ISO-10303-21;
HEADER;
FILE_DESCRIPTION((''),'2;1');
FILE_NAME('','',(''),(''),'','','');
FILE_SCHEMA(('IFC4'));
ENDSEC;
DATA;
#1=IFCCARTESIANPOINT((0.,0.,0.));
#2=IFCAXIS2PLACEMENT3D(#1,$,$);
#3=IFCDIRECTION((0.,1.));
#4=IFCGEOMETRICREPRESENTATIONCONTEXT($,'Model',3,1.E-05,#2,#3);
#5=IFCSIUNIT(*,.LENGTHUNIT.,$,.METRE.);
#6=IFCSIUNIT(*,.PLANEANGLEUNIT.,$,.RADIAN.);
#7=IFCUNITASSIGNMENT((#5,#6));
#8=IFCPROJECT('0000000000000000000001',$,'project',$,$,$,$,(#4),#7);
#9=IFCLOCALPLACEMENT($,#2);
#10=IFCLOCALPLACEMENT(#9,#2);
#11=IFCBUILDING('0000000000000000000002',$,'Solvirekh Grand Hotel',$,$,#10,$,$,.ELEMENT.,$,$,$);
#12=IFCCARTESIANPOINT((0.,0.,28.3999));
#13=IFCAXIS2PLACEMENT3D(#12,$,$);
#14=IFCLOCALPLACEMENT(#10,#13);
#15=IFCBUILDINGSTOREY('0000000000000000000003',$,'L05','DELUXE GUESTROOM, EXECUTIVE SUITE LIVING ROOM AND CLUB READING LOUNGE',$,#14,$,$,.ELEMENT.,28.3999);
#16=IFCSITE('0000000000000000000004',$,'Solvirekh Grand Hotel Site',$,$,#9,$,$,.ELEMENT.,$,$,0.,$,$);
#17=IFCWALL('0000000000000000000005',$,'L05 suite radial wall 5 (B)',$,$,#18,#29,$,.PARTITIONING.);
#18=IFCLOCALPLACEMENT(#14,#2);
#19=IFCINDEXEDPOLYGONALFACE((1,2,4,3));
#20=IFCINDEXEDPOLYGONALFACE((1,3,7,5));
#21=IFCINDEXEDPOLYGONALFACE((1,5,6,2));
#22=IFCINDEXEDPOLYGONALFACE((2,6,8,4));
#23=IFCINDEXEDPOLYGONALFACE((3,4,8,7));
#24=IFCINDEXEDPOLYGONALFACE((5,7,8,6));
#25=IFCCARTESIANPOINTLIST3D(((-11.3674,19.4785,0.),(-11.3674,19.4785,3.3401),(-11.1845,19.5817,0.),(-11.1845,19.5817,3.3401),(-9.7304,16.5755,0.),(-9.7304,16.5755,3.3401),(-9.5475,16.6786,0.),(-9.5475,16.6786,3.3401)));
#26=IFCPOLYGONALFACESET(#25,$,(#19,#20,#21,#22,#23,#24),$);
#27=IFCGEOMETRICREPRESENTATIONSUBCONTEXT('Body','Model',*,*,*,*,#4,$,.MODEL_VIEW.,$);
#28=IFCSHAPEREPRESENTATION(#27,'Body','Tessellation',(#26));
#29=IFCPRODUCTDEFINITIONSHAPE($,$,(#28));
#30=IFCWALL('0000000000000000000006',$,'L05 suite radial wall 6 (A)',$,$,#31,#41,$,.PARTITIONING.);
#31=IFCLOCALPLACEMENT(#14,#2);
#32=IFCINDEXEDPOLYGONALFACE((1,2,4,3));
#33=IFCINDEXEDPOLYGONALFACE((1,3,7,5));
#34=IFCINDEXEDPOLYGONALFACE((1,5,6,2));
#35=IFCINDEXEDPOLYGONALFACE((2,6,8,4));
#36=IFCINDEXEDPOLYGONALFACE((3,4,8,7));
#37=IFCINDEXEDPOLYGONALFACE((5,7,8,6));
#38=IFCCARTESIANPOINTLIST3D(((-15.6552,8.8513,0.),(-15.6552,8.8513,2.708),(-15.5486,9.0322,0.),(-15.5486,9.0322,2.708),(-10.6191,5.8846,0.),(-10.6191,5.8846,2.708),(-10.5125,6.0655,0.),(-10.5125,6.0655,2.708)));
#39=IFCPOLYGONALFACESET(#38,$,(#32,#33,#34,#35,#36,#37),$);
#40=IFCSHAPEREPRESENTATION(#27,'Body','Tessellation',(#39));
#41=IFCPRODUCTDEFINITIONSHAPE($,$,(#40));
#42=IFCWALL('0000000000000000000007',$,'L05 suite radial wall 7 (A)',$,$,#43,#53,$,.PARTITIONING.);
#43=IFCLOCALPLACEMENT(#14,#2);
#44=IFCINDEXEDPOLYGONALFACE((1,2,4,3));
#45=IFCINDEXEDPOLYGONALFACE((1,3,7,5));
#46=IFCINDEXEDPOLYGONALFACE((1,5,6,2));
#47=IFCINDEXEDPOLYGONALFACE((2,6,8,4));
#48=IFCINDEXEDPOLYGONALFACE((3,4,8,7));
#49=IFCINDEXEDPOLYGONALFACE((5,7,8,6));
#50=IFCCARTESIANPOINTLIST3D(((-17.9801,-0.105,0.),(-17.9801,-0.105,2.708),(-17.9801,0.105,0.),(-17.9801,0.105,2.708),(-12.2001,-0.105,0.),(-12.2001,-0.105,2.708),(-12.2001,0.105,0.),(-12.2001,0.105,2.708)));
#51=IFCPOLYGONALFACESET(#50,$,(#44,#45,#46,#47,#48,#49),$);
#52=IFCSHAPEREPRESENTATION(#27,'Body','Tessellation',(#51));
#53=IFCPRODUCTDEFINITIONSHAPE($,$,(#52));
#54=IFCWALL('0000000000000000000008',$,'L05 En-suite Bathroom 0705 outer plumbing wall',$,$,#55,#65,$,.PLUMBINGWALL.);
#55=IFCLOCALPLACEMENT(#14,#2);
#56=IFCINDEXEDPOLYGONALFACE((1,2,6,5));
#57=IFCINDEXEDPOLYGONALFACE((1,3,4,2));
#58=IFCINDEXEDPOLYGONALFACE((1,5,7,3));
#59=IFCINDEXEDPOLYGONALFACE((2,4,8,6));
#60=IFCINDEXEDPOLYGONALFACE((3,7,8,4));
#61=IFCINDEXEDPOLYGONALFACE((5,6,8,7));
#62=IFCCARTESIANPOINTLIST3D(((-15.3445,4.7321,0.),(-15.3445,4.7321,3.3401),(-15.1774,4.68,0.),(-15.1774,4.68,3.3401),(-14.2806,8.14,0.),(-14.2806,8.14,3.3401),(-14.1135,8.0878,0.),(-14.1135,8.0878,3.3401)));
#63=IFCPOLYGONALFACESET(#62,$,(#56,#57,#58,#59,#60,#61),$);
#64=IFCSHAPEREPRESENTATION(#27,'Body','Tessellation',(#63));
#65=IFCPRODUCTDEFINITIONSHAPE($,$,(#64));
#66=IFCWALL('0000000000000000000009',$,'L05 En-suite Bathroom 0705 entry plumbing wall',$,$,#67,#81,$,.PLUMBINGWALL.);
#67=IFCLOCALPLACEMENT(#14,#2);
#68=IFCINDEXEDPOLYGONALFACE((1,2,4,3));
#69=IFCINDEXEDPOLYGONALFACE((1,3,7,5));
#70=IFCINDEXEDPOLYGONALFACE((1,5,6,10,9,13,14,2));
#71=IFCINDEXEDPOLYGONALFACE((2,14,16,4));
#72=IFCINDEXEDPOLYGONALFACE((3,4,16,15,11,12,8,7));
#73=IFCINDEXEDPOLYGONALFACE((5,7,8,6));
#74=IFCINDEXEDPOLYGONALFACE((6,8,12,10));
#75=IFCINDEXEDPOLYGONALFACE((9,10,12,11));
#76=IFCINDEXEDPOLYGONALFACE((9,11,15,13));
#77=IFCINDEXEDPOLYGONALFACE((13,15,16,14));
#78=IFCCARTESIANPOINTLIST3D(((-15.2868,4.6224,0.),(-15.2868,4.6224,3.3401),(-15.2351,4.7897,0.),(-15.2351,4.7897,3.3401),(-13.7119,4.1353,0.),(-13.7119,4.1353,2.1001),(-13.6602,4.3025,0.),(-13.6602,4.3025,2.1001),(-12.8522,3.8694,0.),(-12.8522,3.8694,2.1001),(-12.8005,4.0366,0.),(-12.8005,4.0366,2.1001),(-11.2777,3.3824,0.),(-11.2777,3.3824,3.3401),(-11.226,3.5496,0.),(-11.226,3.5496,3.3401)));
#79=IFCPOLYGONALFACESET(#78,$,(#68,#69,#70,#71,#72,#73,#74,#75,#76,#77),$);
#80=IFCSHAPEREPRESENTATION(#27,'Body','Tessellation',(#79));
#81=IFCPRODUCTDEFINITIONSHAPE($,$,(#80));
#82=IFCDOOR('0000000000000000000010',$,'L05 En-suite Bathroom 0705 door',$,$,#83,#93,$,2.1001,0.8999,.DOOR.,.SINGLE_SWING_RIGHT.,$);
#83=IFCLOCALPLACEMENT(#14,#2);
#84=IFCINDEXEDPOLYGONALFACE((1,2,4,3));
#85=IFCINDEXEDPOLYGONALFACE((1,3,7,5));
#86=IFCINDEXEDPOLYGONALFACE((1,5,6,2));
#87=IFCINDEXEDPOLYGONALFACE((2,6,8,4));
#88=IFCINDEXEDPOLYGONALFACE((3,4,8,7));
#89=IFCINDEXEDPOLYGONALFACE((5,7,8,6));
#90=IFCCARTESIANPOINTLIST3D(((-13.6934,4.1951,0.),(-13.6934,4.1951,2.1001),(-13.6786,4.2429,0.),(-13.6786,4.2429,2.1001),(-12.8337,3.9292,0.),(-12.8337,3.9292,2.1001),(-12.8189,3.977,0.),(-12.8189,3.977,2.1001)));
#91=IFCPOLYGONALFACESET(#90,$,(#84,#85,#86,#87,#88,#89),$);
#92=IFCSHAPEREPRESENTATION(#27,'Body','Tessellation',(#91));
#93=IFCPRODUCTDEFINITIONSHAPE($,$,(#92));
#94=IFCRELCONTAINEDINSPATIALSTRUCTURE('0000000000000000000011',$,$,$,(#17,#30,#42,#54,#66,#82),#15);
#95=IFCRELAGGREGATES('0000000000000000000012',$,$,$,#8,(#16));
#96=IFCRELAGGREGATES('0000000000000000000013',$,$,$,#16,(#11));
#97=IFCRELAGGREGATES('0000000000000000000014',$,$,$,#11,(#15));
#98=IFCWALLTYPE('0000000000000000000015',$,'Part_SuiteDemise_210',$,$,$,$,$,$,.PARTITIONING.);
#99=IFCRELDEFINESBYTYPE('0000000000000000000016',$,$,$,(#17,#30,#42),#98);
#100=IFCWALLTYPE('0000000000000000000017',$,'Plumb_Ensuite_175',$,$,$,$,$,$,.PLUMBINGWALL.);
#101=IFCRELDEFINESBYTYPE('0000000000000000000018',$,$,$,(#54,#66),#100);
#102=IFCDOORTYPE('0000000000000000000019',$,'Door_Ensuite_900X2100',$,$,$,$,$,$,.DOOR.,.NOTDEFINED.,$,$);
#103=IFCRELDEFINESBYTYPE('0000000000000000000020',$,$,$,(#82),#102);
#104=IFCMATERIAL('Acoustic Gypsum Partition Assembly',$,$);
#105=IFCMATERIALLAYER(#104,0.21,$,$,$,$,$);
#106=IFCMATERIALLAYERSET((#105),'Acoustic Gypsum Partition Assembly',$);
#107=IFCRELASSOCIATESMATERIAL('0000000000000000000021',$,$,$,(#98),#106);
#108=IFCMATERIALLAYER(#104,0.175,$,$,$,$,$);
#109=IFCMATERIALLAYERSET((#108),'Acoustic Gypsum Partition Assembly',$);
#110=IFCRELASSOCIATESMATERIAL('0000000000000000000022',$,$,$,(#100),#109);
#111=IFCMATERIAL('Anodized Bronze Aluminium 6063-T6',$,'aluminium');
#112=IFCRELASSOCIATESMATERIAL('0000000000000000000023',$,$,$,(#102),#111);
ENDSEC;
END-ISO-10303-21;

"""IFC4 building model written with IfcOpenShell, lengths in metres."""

from ifc_helpers import new_model, si_unit, direction, frame, frame_2d, origin, place, context, subcontext, project, spatial, rectangle, extrude, material, layer, layer_set, type_object, element, fill, save


model = new_model("IFC4")

# Units and contexts
model_context = context("Model", 3, precision=1e-05, world=origin(), true_north=direction((0.0, 1.0)))
body_context = subcontext(model_context, "Body", "Model", "MODEL_VIEW")
ifc_project = project(units=[si_unit("LENGTHUNIT", "METRE"), si_unit("PLANEANGLEUNIT", "RADIAN")], contexts=[model_context])

# Site, building, storey
site_placement = place(None, origin())
site = spatial("IfcSite", under=ifc_project, at=site_placement, Name="Solvirekh Grand Hotel Site", CompositionType="ELEMENT", RefElevation=0.0)
building_placement = place(site_placement, origin())
building = spatial("IfcBuilding", under=site, at=building_placement, Name="Solvirekh Grand Hotel", CompositionType="ELEMENT")
storey_placement = place(building_placement, frame((0.0, 0.0, 28.3999)))
storey = spatial("IfcBuildingStorey", under=building, at=storey_placement, Name="L05", Description="DELUXE GUESTROOM, EXECUTIVE SUITE LIVING ROOM AND CLUB READING LOUNGE", CompositionType="ELEMENT", Elevation=28.3999)

# Shared definitions
ifc_material_1 = material(Name="Anodized Bronze Aluminium 6063-T6", Category="aluminium")

# Shared definitions
ifc_material_2 = material(Name="Acoustic Gypsum Partition Assembly")

# Walls
ifc_layer_1 = layer(ifc_material_2, 0.21)
ifc_layer_set_1 = layer_set([ifc_layer_1], Name="Acoustic Gypsum Partition Assembly")
wall_type_1 = type_object("IfcWallType", Name="Part_SuiteDemise_210", PredefinedType="PARTITIONING", material=ifc_layer_set_1)
wall_1_placement = place(storey_placement, frame((-9.6389, 16.627, 0.0), z_axis=(0.0, 0.0, 1.0), x_axis=(-0.491169, 0.871064, 0.0)))
element("IfcWall", 1, at=wall_1_placement, inside=storey, type_object=wall_type_1, Name="L05 suite radial wall 5 (B)", PredefinedType="PARTITIONING", context=body_context, shape_type="SweptSolid", body=[
    extrude(rectangle(XDim=3.3328, YDim=0.21, at=frame_2d((1.6665, 0.0))), origin(), (0.0, 0.0, 1.0), 3.3401),
])
wall_2_placement = place(storey_placement, frame((-10.5659, 5.9751, 0.0), z_axis=(0.0, 0.0, 1.0), x_axis=(-0.861608, 0.507575, 0.0)))
element("IfcWall", 2, at=wall_2_placement, inside=storey, type_object=wall_type_1, Name="L05 suite radial wall 6 (A)", PredefinedType="PARTITIONING", context=body_context, shape_type="SweptSolid", body=[
    extrude(rectangle(XDim=5.845, YDim=0.21, at=frame_2d((2.9224, 0.0))), origin(), (0.0, 0.0, 1.0), 2.708),
])
wall_3_placement = place(storey_placement, frame((-12.2, 0.0, 0.0), z_axis=(0.0, 0.0, 1.0), x_axis=(-1.0, 0.0, 0.0)))
element("IfcWall", 3, at=wall_3_placement, inside=storey, type_object=wall_type_1, Name="L05 suite radial wall 7 (A)", PredefinedType="PARTITIONING", context=body_context, shape_type="SweptSolid", body=[
    extrude(rectangle(XDim=5.78, YDim=0.21, at=frame_2d((2.8901, 0.0))), origin(), (0.0, 0.0, 1.0), 2.708),
])
ifc_layer_2 = layer(ifc_material_2, 0.175)
ifc_layer_set_2 = layer_set([ifc_layer_2], Name="Acoustic Gypsum Partition Assembly")
wall_type_2 = type_object("IfcWallType", Name="Plumb_Ensuite_175", PredefinedType="PLUMBINGWALL", material=ifc_layer_set_2)
wall_4_placement = place(storey_placement, frame((-14.197, 8.114, 0.0), z_axis=(0.0, 0.0, 1.0), x_axis=(-0.298014, -0.954561, 0.0)))
element("IfcWall", 4, at=wall_4_placement, inside=storey, type_object=wall_type_2, Name="L05 En-suite Bathroom 0705 outer plumbing wall", PredefinedType="PLUMBINGWALL", context=body_context, shape_type="SweptSolid", body=[
    extrude(rectangle(XDim=3.5701, YDim=0.175, at=frame_2d((1.7852, 0.0))), origin(), (0.0, 0.0, 1.0), 3.3401),
])

# Wall, opening, door
wall_5_placement = place(storey_placement, frame((-11.252, 3.4661, 0.0), z_axis=(0.0, 0.0, 1.0), x_axis=(-0.955347, 0.295488, 0.0)))
wall_5 = element("IfcWall", 5, at=wall_5_placement, inside=storey, type_object=wall_type_2, Name="L05 En-suite Bathroom 0705 entry plumbing wall", PredefinedType="PLUMBINGWALL", context=body_context, shape_type="SweptSolid", body=[
    extrude(rectangle(XDim=4.1965, YDim=0.175, at=frame_2d((2.0981, 0.0))), origin(), (0.0, 0.0, 1.0), 3.3401),
])
opening_1_placement = place(wall_5_placement, frame((1.6479, 0.0, 0.0)))
opening_1 = element("IfcOpeningElement", 6, at=opening_1_placement, cuts=wall_5, PredefinedType="OPENING", context=body_context, shape_type="SweptSolid", body=[
    extrude(rectangle(XDim=0.8999, YDim=2.1001, at=frame_2d((0.45, 1.05))), frame((0.0, 0.0977, 0.0), z_axis=(0.0, -1.0, 0.0), x_axis=(1.0, 0.0, 0.0)), (0.0, 0.0, 1.0), 0.1951),
])
door_type_1 = type_object("IfcDoorType", Name="Door_Ensuite_900X2100", OperationType="NOTDEFINED", PredefinedType="DOOR", material=ifc_material_1)
door_1_placement = place(opening_1_placement, origin())
door_1 = element("IfcDoor", 7, at=door_1_placement, inside=storey, type_object=door_type_1, Name="L05 En-suite Bathroom 0705 door", OperationType="SINGLE_SWING_RIGHT", OverallHeight=2.1001, OverallWidth=0.8999, PredefinedType="DOOR", context=body_context, shape_type="SweptSolid", body=[
    extrude(rectangle(XDim=0.8999, YDim=2.1001, at=frame_2d((0.45, 1.05))), frame((0.0, 0.0249, 0.0), z_axis=(0.0, -1.0, 0.0), x_axis=(1.0, 0.0, 0.0)), (0.0, 0.0, 1.0), 0.05),
])
fill(opening_1, door_1)

save(model, "model.ifc")
